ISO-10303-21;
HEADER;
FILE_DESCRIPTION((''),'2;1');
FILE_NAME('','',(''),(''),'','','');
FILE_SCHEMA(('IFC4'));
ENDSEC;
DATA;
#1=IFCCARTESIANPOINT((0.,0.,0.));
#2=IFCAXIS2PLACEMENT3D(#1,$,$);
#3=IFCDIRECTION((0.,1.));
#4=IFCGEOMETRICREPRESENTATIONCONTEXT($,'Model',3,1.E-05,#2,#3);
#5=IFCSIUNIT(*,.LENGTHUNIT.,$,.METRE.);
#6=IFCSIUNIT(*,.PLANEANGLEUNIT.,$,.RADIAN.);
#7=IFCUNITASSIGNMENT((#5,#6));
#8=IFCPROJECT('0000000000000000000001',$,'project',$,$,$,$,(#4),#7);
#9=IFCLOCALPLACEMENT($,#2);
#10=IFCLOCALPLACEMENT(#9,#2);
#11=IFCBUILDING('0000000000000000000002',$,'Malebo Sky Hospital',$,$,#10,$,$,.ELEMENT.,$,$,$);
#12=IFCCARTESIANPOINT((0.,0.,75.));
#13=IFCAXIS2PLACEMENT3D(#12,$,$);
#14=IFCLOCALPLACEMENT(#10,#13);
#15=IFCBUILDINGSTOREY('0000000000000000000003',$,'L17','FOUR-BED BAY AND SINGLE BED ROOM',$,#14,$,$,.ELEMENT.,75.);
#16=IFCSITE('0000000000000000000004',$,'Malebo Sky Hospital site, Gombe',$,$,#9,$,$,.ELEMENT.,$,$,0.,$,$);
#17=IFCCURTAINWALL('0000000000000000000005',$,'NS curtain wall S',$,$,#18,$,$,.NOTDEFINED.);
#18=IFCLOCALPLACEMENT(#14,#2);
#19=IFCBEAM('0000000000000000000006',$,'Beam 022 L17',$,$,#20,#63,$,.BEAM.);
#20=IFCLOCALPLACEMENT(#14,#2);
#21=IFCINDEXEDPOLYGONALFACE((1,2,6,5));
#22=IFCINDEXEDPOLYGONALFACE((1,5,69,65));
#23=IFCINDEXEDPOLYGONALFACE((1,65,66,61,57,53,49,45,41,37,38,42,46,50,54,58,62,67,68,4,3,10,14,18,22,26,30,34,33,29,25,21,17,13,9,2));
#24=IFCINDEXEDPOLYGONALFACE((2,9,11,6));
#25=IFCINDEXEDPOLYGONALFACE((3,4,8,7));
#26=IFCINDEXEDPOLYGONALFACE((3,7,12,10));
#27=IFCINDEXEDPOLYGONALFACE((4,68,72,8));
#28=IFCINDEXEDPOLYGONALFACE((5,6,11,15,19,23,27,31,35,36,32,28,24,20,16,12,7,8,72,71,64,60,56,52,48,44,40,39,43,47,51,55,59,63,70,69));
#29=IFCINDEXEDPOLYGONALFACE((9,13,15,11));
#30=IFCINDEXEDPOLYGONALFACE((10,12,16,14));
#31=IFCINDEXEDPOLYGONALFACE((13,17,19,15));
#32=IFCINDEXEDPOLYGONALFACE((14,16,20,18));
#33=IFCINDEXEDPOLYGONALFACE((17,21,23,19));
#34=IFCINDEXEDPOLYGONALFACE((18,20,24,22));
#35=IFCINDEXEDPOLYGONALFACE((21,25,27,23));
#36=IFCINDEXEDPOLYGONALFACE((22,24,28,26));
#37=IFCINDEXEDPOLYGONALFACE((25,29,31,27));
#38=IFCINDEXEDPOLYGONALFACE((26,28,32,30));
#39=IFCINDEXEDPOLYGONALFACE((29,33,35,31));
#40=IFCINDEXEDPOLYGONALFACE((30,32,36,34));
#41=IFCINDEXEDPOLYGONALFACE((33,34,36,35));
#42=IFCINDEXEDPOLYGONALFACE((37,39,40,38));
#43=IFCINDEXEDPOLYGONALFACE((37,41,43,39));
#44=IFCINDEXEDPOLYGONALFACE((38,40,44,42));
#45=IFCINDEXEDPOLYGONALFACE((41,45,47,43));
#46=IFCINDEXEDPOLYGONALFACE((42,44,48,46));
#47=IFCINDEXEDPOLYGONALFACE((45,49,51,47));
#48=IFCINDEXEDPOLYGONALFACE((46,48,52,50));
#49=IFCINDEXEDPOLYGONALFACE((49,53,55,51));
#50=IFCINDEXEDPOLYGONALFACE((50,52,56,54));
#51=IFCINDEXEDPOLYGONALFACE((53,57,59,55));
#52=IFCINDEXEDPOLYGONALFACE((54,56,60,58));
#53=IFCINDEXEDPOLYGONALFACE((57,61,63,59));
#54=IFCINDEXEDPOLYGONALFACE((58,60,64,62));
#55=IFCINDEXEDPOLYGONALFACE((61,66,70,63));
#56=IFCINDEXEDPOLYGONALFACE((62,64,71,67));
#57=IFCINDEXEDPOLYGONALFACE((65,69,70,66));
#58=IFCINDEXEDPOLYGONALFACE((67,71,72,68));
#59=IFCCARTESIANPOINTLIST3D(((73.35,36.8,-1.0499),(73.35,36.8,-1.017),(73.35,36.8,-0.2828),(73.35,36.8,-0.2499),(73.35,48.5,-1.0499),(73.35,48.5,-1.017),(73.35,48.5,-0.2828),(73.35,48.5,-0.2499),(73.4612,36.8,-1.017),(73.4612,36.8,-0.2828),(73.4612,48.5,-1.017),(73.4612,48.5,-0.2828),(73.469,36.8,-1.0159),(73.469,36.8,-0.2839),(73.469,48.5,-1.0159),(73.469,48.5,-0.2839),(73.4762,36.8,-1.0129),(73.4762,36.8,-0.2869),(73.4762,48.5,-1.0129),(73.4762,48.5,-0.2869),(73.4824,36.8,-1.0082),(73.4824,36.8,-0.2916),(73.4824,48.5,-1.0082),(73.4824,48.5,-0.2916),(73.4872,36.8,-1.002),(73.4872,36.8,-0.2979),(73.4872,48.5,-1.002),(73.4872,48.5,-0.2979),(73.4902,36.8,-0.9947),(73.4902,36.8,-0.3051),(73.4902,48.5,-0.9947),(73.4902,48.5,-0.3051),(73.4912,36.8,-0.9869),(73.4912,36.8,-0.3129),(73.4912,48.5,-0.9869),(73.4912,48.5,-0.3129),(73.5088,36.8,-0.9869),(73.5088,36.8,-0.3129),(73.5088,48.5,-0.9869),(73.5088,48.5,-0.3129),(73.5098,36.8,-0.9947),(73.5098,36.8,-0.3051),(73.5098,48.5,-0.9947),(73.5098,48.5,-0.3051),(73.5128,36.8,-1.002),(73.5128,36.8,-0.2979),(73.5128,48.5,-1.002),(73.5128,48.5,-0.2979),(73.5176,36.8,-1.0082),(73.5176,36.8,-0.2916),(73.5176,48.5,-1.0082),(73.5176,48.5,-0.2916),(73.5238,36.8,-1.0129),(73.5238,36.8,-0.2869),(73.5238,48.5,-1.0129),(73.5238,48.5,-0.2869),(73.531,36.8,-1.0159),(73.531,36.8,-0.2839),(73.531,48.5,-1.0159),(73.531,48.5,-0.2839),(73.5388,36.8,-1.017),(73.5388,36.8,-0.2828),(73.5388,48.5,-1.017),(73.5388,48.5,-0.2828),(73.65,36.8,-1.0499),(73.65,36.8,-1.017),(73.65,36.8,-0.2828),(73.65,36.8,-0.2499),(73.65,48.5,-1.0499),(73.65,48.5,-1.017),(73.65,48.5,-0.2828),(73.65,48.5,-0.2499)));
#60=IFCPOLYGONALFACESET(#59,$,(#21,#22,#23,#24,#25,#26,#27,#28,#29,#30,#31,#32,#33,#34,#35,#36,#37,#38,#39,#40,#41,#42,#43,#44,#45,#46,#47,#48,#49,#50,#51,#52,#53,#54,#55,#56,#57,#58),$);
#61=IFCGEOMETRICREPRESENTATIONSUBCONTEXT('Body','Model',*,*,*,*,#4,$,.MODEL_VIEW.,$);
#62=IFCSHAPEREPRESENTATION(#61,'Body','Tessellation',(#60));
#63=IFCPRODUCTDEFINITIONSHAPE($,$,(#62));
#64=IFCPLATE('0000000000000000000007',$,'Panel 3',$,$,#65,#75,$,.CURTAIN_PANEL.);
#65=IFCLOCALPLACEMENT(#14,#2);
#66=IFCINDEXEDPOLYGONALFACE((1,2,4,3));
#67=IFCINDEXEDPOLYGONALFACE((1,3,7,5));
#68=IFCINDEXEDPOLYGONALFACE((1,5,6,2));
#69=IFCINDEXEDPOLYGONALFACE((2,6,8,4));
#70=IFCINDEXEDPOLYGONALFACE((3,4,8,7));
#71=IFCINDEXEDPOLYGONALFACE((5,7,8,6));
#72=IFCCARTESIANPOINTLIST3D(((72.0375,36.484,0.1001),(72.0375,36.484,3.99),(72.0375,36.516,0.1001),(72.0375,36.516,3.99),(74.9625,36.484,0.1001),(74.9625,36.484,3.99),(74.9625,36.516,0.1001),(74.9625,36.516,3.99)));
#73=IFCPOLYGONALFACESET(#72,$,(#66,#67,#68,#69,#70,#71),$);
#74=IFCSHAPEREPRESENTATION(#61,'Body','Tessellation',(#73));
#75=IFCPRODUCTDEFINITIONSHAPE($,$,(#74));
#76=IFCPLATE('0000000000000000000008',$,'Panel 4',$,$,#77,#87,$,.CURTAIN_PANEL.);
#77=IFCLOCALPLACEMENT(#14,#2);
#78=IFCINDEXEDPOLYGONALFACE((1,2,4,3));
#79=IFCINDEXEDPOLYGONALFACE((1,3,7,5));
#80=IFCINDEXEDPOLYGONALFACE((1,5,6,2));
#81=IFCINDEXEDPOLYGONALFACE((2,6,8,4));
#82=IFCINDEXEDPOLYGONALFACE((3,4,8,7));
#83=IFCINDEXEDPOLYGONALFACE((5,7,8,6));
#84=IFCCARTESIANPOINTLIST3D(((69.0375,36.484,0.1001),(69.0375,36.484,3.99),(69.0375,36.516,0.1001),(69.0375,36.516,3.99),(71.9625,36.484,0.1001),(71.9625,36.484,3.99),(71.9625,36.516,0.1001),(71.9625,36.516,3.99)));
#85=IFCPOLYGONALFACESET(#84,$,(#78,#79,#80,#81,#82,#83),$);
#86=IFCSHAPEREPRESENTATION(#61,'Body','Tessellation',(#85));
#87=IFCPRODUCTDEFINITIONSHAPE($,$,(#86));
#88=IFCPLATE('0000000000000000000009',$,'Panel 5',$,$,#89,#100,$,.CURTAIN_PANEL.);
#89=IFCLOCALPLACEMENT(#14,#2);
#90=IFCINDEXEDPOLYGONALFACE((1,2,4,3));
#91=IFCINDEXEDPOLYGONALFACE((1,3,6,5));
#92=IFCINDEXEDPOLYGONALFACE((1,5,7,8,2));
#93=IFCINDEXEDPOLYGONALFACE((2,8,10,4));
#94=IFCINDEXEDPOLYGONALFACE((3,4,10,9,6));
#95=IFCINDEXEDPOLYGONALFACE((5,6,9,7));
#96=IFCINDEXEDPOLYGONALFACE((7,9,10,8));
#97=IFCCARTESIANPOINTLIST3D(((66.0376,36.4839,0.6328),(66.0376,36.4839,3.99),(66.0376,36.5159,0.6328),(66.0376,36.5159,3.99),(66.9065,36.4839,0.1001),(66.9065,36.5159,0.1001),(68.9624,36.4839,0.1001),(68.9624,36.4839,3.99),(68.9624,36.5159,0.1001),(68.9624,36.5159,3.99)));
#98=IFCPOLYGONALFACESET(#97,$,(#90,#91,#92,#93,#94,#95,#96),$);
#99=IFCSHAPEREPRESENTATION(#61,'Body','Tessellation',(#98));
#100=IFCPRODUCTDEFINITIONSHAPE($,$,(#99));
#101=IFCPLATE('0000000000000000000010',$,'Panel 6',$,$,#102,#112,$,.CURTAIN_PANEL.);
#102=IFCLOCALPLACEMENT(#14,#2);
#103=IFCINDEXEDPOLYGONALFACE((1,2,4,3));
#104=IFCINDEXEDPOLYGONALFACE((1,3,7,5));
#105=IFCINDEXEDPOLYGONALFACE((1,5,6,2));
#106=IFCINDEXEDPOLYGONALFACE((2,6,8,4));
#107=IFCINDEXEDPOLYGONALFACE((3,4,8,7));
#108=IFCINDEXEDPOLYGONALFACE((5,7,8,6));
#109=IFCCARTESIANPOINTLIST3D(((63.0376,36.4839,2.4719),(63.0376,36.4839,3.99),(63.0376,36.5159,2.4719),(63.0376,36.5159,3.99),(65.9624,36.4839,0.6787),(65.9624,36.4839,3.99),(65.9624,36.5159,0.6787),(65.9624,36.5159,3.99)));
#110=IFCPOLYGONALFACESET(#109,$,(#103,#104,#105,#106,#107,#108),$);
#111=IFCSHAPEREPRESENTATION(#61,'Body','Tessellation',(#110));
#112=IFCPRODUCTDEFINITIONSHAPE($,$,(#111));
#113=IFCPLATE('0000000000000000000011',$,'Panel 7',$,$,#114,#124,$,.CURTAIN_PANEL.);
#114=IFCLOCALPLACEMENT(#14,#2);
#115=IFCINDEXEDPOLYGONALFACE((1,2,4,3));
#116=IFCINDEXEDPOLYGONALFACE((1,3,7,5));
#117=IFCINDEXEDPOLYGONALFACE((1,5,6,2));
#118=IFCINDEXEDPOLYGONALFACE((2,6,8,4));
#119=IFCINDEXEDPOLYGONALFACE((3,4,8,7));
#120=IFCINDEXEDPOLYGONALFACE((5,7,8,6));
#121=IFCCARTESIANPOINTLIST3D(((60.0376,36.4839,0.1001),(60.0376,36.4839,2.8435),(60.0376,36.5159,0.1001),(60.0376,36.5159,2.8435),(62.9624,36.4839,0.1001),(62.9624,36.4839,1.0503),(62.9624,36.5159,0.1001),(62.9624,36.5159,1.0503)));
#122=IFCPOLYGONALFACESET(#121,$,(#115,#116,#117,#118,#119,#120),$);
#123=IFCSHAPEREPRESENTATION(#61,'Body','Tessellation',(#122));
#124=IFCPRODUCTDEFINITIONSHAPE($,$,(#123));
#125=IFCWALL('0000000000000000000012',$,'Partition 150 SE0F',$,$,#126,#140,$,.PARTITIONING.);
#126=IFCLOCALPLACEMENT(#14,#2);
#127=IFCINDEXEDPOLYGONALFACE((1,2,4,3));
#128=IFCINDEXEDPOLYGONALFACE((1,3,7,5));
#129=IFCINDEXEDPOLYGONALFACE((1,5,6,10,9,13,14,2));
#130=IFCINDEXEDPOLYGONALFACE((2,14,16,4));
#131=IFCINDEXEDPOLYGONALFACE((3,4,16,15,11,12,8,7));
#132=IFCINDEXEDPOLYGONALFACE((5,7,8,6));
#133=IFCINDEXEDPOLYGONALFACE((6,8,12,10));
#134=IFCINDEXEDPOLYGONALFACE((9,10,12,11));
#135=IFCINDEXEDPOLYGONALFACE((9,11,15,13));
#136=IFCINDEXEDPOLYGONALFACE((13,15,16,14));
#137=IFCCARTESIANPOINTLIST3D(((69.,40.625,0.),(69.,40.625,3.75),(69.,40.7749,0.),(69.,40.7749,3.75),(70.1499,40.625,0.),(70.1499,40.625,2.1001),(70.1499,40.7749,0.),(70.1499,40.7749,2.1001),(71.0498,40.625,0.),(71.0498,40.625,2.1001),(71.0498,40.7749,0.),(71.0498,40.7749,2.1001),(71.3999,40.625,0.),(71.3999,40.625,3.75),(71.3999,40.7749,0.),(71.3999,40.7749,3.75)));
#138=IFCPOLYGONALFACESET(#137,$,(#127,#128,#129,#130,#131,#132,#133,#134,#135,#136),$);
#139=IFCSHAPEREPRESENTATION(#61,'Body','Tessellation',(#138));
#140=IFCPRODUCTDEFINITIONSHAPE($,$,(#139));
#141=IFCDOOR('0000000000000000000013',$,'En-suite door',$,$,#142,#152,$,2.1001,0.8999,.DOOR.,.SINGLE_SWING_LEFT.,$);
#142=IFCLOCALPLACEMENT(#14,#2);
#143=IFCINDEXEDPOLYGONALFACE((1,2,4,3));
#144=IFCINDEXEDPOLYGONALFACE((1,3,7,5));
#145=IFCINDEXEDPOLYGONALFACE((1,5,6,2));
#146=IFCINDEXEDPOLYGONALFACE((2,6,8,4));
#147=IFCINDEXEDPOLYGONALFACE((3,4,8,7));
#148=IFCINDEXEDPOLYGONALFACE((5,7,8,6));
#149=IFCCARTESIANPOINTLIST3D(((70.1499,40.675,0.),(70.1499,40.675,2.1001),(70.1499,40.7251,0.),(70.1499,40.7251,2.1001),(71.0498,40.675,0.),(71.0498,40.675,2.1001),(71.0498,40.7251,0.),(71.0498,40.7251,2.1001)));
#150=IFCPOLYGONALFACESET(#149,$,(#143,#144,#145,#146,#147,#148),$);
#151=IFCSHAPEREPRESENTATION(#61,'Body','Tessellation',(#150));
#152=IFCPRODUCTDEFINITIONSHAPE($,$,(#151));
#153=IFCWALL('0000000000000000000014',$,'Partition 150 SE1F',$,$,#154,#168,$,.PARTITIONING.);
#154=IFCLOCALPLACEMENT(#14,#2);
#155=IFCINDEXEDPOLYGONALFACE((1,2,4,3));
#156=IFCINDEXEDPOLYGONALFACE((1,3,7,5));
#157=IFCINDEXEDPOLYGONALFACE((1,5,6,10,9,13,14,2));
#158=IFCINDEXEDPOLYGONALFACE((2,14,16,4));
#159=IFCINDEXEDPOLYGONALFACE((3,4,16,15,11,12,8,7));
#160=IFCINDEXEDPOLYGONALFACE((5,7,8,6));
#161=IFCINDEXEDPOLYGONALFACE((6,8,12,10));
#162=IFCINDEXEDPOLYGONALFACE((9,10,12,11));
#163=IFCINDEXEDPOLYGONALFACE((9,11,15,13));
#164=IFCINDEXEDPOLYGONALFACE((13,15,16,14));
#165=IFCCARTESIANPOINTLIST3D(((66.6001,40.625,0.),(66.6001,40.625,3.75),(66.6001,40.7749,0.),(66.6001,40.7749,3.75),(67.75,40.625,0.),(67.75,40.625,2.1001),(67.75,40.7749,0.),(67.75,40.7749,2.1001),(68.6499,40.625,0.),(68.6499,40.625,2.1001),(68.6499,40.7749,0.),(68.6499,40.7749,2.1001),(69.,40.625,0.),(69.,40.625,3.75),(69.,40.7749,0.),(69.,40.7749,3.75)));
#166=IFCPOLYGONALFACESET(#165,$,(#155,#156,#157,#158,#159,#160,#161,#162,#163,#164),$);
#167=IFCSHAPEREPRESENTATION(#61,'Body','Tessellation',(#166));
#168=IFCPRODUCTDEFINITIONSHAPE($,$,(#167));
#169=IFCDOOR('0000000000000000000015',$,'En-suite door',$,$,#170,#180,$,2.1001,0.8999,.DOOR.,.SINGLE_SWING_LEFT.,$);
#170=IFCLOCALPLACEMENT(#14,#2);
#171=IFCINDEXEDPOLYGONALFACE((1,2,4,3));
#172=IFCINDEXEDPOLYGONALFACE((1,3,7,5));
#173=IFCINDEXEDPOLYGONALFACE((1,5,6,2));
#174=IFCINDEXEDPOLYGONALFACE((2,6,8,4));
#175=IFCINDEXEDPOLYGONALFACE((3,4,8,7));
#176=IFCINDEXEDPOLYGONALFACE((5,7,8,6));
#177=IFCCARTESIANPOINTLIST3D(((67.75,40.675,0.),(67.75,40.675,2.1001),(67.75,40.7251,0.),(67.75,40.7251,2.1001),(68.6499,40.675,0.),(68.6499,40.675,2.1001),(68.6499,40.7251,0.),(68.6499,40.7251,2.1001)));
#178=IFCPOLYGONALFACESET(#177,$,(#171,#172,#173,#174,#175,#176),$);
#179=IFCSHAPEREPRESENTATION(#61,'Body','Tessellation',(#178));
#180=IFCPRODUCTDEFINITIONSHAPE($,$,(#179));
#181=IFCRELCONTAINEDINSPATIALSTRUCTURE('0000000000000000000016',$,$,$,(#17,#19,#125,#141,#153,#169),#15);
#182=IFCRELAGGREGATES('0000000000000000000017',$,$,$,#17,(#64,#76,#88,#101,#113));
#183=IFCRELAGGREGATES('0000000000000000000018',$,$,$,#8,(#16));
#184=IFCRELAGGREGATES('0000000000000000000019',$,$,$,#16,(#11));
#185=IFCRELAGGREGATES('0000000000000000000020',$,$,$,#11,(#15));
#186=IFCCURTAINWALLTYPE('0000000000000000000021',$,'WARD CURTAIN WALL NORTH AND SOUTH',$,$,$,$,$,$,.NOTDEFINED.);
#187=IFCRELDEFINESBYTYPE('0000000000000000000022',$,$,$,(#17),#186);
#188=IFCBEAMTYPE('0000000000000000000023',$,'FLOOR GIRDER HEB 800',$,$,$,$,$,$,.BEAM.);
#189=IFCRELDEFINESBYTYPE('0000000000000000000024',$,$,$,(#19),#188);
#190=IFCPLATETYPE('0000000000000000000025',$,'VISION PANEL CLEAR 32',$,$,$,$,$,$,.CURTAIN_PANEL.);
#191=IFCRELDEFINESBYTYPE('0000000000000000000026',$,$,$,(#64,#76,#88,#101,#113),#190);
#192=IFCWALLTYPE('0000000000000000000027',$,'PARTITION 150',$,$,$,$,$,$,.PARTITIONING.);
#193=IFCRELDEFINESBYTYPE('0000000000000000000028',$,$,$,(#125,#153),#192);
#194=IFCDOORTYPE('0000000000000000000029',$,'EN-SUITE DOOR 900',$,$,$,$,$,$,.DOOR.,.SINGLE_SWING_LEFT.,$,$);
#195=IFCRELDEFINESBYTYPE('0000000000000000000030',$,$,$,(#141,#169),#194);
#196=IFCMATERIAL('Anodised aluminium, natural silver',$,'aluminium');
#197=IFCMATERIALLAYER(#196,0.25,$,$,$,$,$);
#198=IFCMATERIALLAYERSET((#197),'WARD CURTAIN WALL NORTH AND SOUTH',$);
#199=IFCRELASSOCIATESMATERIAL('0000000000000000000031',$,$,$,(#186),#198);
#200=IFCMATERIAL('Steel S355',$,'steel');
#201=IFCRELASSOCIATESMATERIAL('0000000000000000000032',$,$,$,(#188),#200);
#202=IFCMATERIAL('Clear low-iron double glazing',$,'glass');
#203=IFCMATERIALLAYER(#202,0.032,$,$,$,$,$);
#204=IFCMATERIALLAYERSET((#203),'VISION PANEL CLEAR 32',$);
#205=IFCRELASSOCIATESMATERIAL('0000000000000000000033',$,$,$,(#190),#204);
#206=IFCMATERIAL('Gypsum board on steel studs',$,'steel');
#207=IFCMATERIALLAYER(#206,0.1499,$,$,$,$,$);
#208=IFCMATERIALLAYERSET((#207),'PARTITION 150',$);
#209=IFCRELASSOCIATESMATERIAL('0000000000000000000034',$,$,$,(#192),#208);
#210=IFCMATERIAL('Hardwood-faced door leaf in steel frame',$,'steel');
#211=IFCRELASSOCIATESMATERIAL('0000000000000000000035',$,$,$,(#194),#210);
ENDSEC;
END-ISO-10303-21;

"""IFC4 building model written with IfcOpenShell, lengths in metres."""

from ifc_helpers import new_model, si_unit, direction, frame, frame_2d, origin, origin_2d, place, context, subcontext, project, spatial, polyline, rectangle, i_section, outline, extrude, material, layer, layer_set, material_profile, profile_set, type_object, element, fill, aggregate, save


model = new_model("IFC4")

# Units and contexts
model_context = context("Model", 3, precision=1e-05, world=origin(), true_north=direction((0.0, 1.0)))
body_context = subcontext(model_context, "Body", "Model", "MODEL_VIEW")
ifc_project = project(units=[si_unit("LENGTHUNIT", "METRE"), si_unit("PLANEANGLEUNIT", "RADIAN")], contexts=[model_context])

# Site, building, storey
site_placement = place(None, origin())
site = spatial("IfcSite", under=ifc_project, at=site_placement, Name="Malebo Sky Hospital site, Gombe", CompositionType="ELEMENT", RefElevation=0.0)
building_placement = place(site_placement, origin())
building = spatial("IfcBuilding", under=site, at=building_placement, Name="Malebo Sky Hospital", CompositionType="ELEMENT")
storey_placement = place(building_placement, frame((0.0, 0.0, 75.0)))
storey = spatial("IfcBuildingStorey", under=building, at=storey_placement, Name="L17", Description="FOUR-BED BAY AND SINGLE BED ROOM", CompositionType="ELEMENT", Elevation=75.0)

# Curtain wall
ifc_material_1 = material(Name="Anodised aluminium, natural silver", Category="aluminium")
ifc_layer_1 = layer(ifc_material_1, 0.25)
ifc_layer_set_1 = layer_set([ifc_layer_1], Name="WARD CURTAIN WALL NORTH AND SOUTH")
curtain_wall_type = type_object("IfcCurtainWallType", Name="WARD CURTAIN WALL NORTH AND SOUTH", PredefinedType="NOTDEFINED", material=ifc_layer_set_1)
curtain_wall_placement = place(storey_placement, origin())
curtain_wall = element("IfcCurtainWall", 1, at=curtain_wall_placement, inside=storey, type_object=curtain_wall_type, Name="NS curtain wall S", PredefinedType="NOTDEFINED")

# Shared definitions
ifc_material_2 = material(Name="Steel S355", Category="steel")

# Beam
ifc_material_profile_1 = material_profile(ifc_material_2, i_section(OverallWidth=0.3, OverallDepth=0.8, WebThickness=0.0176, FlangeThickness=0.033, FilletRadius=0.03, at=origin_2d()), Name="HEB 800")
ifc_profile_set_1 = profile_set([ifc_material_profile_1], Name="Steel S355")
beam_type_1 = type_object("IfcBeamType", Name="FLOOR GIRDER HEB 800", PredefinedType="BEAM", material=ifc_profile_set_1)
beam_1_placement = place(storey_placement, frame((73.5, 36.8, -0.6499), z_axis=(0.0, 1.0, 0.0), x_axis=(-1.0, 0.0, 0.0)))
element("IfcBeam", 2, at=beam_1_placement, inside=storey, type_object=beam_type_1, Name="Beam 022 L17", PredefinedType="BEAM", context=body_context, shape_type="SweptSolid", body=[
    extrude(i_section(OverallWidth=0.3, OverallDepth=0.8, WebThickness=0.0176, FlangeThickness=0.033, FilletRadius=0.03, at=origin_2d()), origin(), (0.0, 0.0, 1.0), 11.7),
])

# Plates
ifc_material_3 = material(Name="Clear low-iron double glazing", Category="glass")
ifc_layer_2 = layer(ifc_material_3, 0.032)
ifc_layer_set_2 = layer_set([ifc_layer_2], Name="VISION PANEL CLEAR 32")
plate_type = type_object("IfcPlateType", Name="VISION PANEL CLEAR 32", PredefinedType="CURTAIN_PANEL", material=ifc_layer_set_2)
plate_1_placement = place(storey_placement, frame((73.5, 36.5, 0.1001), z_axis=(0.0, 0.0, 1.0), x_axis=(-1.0, 0.0, 0.0)))
plate_1 = element("IfcPlate", 3, at=plate_1_placement, type_object=plate_type, Name="Panel 3", PredefinedType="CURTAIN_PANEL", context=body_context, shape_type="SweptSolid", body=[
    extrude(rectangle(XDim=2.925, YDim=0.032, at=origin_2d()), origin(), (0.0, 0.0, 1.0), 3.8899),
])
plate_2_placement = place(storey_placement, frame((70.5, 36.5, 0.1001), z_axis=(0.0, 0.0, 1.0), x_axis=(-1.0, 0.0, 0.0)))
plate_2 = element("IfcPlate", 4, at=plate_2_placement, type_object=plate_type, Name="Panel 4", PredefinedType="CURTAIN_PANEL", context=body_context, shape_type="SweptSolid", body=[
    extrude(rectangle(XDim=2.925, YDim=0.032, at=origin_2d()), origin(), (0.0, 0.0, 1.0), 3.8899),
])
plate_3_placement = place(storey_placement, frame((67.5, 36.5, 0.1001), z_axis=(0.0, 0.0, 1.0), x_axis=(-1.0, 0.0, 0.0)))
plate_3 = element("IfcPlate", 5, at=plate_3_placement, type_object=plate_type, Name="Panel 5", PredefinedType="CURTAIN_PANEL", context=body_context, shape_type="SweptSolid", body=[
    extrude(outline(polyline([(-1.4624, 0.0), (0.5935, 0.0), (1.4624, 0.5327), (1.4624, 3.8899), (-1.4624, 3.8899), (-1.4624, 0.0)])), frame((0.0, 0.0161, 0.0), z_axis=(0.0, -1.0, 0.0), x_axis=(1.0, 0.0, 0.0)), (0.0, 0.0, 1.0), 0.032),
])
plate_4_placement = place(storey_placement, frame((64.5, 36.5, 0.6787), z_axis=(0.0, 0.0, 1.0), x_axis=(-1.0, 0.0, 0.0)))
plate_4 = element("IfcPlate", 6, at=plate_4_placement, type_object=plate_type, Name="Panel 6", PredefinedType="CURTAIN_PANEL", context=body_context, shape_type="SweptSolid", body=[
    extrude(outline(polyline([(-1.4624, 0.0), (1.4624, 1.7932), (1.4624, 3.3113), (-1.4624, 3.3113), (-1.4624, 0.0)])), frame((0.0, 0.0161, 0.0), z_axis=(0.0, -1.0, 0.0), x_axis=(1.0, 0.0, 0.0)), (0.0, 0.0, 1.0), 0.032),
])
plate_5_placement = place(storey_placement, frame((61.5, 36.5, 0.1001), z_axis=(0.0, 0.0, 1.0), x_axis=(-1.0, 0.0, 0.0)))
plate_5 = element("IfcPlate", 7, at=plate_5_placement, type_object=plate_type, Name="Panel 7", PredefinedType="CURTAIN_PANEL", context=body_context, shape_type="SweptSolid", body=[
    extrude(outline(polyline([(-1.4624, 0.0), (1.4624, 0.0), (1.4624, 2.7434), (-1.4624, 0.9502), (-1.4624, 0.0)])), frame((0.0, 0.0161, 0.0), z_axis=(0.0, -1.0, 0.0), x_axis=(1.0, 0.0, 0.0)), (0.0, 0.0, 1.0), 0.032),
])
aggregate(curtain_wall, [plate_1, plate_2, plate_3, plate_4, plate_5])

# Walls, openings, doors
ifc_material_4 = material(Name="Gypsum board on steel studs", Category="steel")
ifc_layer_3 = layer(ifc_material_4, 0.1499)
ifc_layer_set_3 = layer_set([ifc_layer_3], Name="PARTITION 150")
wall_type = type_object("IfcWallType", Name="PARTITION 150", PredefinedType="PARTITIONING", material=ifc_layer_set_3)
wall_1_placement = place(storey_placement, frame((71.3999, 40.7, 0.0), z_axis=(0.0, 0.0, 1.0), x_axis=(-1.0, 0.0, 0.0)))
wall_1 = element("IfcWall", 8, at=wall_1_placement, inside=storey, type_object=wall_type, Name="Partition 150 SE0F", PredefinedType="PARTITIONING", context=body_context, shape_type="SweptSolid", body=[
    extrude(rectangle(XDim=2.3999, YDim=0.1499, at=frame_2d((1.2, 0.0))), origin(), (0.0, 0.0, 1.0), 3.75),
])
opening_1_placement = place(wall_1_placement, frame((0.3501, 0.0, 0.0)))
opening_1 = element("IfcOpeningElement", 9, at=opening_1_placement, cuts=wall_1, PredefinedType="OPENING", context=body_context, shape_type="SweptSolid", body=[
    extrude(rectangle(XDim=0.8999, YDim=2.1001, at=frame_2d((0.45, 1.05))), frame((0.0, 0.085, 0.0), z_axis=(0.0, -1.0, 0.0), x_axis=(1.0, 0.0, 0.0)), (0.0, 0.0, 1.0), 0.1699),
])
ifc_material_5 = material(Name="Hardwood-faced door leaf in steel frame", Category="steel")
door_type = type_object("IfcDoorType", Name="EN-SUITE DOOR 900", OperationType="SINGLE_SWING_LEFT", PredefinedType="DOOR", material=ifc_material_5)
door_1_placement = place(opening_1_placement, origin())
door_1 = element("IfcDoor", 10, at=door_1_placement, inside=storey, type_object=door_type, Name="En-suite door", OperationType="SINGLE_SWING_LEFT", OverallHeight=2.1001, OverallWidth=0.8999, PredefinedType="DOOR", context=body_context, shape_type="SweptSolid", body=[
    extrude(rectangle(XDim=0.8999, YDim=2.1001, at=frame_2d((0.45, 1.05))), frame((0.0, 0.0249, 0.0), z_axis=(0.0, -1.0, 0.0), x_axis=(1.0, 0.0, 0.0)), (0.0, 0.0, 1.0), 0.05),
])
fill(opening_1, door_1)
wall_2_placement = place(storey_placement, frame((69.0, 40.7, 0.0), z_axis=(0.0, 0.0, 1.0), x_axis=(-1.0, 0.0, 0.0)))
wall_2 = element("IfcWall", 11, at=wall_2_placement, inside=storey, type_object=wall_type, Name="Partition 150 SE1F", PredefinedType="PARTITIONING", context=body_context, shape_type="SweptSolid", body=[
    extrude(rectangle(XDim=2.3999, YDim=0.1499, at=frame_2d((1.2, 0.0))), origin(), (0.0, 0.0, 1.0), 3.75),
])
opening_2_placement = place(wall_2_placement, frame((0.3501, 0.0, 0.0)))
opening_2 = element("IfcOpeningElement", 12, at=opening_2_placement, cuts=wall_2, PredefinedType="OPENING", context=body_context, shape_type="SweptSolid", body=[
    extrude(rectangle(XDim=0.8999, YDim=2.1001, at=frame_2d((0.45, 1.05))), frame((0.0, 0.085, 0.0), z_axis=(0.0, -1.0, 0.0), x_axis=(1.0, 0.0, 0.0)), (0.0, 0.0, 1.0), 0.1699),
])
door_2_placement = place(opening_2_placement, origin())
door_2 = element("IfcDoor", 13, at=door_2_placement, inside=storey, type_object=door_type, Name="En-suite door", OperationType="SINGLE_SWING_LEFT", OverallHeight=2.1001, OverallWidth=0.8999, PredefinedType="DOOR", context=body_context, shape_type="SweptSolid", body=[
    extrude(rectangle(XDim=0.8999, YDim=2.1001, at=frame_2d((0.45, 1.05))), frame((0.0, 0.0249, 0.0), z_axis=(0.0, -1.0, 0.0), x_axis=(1.0, 0.0, 0.0)), (0.0, 0.0, 1.0), 0.05),
])
fill(opening_2, door_2)

save(model, "model.ifc")
